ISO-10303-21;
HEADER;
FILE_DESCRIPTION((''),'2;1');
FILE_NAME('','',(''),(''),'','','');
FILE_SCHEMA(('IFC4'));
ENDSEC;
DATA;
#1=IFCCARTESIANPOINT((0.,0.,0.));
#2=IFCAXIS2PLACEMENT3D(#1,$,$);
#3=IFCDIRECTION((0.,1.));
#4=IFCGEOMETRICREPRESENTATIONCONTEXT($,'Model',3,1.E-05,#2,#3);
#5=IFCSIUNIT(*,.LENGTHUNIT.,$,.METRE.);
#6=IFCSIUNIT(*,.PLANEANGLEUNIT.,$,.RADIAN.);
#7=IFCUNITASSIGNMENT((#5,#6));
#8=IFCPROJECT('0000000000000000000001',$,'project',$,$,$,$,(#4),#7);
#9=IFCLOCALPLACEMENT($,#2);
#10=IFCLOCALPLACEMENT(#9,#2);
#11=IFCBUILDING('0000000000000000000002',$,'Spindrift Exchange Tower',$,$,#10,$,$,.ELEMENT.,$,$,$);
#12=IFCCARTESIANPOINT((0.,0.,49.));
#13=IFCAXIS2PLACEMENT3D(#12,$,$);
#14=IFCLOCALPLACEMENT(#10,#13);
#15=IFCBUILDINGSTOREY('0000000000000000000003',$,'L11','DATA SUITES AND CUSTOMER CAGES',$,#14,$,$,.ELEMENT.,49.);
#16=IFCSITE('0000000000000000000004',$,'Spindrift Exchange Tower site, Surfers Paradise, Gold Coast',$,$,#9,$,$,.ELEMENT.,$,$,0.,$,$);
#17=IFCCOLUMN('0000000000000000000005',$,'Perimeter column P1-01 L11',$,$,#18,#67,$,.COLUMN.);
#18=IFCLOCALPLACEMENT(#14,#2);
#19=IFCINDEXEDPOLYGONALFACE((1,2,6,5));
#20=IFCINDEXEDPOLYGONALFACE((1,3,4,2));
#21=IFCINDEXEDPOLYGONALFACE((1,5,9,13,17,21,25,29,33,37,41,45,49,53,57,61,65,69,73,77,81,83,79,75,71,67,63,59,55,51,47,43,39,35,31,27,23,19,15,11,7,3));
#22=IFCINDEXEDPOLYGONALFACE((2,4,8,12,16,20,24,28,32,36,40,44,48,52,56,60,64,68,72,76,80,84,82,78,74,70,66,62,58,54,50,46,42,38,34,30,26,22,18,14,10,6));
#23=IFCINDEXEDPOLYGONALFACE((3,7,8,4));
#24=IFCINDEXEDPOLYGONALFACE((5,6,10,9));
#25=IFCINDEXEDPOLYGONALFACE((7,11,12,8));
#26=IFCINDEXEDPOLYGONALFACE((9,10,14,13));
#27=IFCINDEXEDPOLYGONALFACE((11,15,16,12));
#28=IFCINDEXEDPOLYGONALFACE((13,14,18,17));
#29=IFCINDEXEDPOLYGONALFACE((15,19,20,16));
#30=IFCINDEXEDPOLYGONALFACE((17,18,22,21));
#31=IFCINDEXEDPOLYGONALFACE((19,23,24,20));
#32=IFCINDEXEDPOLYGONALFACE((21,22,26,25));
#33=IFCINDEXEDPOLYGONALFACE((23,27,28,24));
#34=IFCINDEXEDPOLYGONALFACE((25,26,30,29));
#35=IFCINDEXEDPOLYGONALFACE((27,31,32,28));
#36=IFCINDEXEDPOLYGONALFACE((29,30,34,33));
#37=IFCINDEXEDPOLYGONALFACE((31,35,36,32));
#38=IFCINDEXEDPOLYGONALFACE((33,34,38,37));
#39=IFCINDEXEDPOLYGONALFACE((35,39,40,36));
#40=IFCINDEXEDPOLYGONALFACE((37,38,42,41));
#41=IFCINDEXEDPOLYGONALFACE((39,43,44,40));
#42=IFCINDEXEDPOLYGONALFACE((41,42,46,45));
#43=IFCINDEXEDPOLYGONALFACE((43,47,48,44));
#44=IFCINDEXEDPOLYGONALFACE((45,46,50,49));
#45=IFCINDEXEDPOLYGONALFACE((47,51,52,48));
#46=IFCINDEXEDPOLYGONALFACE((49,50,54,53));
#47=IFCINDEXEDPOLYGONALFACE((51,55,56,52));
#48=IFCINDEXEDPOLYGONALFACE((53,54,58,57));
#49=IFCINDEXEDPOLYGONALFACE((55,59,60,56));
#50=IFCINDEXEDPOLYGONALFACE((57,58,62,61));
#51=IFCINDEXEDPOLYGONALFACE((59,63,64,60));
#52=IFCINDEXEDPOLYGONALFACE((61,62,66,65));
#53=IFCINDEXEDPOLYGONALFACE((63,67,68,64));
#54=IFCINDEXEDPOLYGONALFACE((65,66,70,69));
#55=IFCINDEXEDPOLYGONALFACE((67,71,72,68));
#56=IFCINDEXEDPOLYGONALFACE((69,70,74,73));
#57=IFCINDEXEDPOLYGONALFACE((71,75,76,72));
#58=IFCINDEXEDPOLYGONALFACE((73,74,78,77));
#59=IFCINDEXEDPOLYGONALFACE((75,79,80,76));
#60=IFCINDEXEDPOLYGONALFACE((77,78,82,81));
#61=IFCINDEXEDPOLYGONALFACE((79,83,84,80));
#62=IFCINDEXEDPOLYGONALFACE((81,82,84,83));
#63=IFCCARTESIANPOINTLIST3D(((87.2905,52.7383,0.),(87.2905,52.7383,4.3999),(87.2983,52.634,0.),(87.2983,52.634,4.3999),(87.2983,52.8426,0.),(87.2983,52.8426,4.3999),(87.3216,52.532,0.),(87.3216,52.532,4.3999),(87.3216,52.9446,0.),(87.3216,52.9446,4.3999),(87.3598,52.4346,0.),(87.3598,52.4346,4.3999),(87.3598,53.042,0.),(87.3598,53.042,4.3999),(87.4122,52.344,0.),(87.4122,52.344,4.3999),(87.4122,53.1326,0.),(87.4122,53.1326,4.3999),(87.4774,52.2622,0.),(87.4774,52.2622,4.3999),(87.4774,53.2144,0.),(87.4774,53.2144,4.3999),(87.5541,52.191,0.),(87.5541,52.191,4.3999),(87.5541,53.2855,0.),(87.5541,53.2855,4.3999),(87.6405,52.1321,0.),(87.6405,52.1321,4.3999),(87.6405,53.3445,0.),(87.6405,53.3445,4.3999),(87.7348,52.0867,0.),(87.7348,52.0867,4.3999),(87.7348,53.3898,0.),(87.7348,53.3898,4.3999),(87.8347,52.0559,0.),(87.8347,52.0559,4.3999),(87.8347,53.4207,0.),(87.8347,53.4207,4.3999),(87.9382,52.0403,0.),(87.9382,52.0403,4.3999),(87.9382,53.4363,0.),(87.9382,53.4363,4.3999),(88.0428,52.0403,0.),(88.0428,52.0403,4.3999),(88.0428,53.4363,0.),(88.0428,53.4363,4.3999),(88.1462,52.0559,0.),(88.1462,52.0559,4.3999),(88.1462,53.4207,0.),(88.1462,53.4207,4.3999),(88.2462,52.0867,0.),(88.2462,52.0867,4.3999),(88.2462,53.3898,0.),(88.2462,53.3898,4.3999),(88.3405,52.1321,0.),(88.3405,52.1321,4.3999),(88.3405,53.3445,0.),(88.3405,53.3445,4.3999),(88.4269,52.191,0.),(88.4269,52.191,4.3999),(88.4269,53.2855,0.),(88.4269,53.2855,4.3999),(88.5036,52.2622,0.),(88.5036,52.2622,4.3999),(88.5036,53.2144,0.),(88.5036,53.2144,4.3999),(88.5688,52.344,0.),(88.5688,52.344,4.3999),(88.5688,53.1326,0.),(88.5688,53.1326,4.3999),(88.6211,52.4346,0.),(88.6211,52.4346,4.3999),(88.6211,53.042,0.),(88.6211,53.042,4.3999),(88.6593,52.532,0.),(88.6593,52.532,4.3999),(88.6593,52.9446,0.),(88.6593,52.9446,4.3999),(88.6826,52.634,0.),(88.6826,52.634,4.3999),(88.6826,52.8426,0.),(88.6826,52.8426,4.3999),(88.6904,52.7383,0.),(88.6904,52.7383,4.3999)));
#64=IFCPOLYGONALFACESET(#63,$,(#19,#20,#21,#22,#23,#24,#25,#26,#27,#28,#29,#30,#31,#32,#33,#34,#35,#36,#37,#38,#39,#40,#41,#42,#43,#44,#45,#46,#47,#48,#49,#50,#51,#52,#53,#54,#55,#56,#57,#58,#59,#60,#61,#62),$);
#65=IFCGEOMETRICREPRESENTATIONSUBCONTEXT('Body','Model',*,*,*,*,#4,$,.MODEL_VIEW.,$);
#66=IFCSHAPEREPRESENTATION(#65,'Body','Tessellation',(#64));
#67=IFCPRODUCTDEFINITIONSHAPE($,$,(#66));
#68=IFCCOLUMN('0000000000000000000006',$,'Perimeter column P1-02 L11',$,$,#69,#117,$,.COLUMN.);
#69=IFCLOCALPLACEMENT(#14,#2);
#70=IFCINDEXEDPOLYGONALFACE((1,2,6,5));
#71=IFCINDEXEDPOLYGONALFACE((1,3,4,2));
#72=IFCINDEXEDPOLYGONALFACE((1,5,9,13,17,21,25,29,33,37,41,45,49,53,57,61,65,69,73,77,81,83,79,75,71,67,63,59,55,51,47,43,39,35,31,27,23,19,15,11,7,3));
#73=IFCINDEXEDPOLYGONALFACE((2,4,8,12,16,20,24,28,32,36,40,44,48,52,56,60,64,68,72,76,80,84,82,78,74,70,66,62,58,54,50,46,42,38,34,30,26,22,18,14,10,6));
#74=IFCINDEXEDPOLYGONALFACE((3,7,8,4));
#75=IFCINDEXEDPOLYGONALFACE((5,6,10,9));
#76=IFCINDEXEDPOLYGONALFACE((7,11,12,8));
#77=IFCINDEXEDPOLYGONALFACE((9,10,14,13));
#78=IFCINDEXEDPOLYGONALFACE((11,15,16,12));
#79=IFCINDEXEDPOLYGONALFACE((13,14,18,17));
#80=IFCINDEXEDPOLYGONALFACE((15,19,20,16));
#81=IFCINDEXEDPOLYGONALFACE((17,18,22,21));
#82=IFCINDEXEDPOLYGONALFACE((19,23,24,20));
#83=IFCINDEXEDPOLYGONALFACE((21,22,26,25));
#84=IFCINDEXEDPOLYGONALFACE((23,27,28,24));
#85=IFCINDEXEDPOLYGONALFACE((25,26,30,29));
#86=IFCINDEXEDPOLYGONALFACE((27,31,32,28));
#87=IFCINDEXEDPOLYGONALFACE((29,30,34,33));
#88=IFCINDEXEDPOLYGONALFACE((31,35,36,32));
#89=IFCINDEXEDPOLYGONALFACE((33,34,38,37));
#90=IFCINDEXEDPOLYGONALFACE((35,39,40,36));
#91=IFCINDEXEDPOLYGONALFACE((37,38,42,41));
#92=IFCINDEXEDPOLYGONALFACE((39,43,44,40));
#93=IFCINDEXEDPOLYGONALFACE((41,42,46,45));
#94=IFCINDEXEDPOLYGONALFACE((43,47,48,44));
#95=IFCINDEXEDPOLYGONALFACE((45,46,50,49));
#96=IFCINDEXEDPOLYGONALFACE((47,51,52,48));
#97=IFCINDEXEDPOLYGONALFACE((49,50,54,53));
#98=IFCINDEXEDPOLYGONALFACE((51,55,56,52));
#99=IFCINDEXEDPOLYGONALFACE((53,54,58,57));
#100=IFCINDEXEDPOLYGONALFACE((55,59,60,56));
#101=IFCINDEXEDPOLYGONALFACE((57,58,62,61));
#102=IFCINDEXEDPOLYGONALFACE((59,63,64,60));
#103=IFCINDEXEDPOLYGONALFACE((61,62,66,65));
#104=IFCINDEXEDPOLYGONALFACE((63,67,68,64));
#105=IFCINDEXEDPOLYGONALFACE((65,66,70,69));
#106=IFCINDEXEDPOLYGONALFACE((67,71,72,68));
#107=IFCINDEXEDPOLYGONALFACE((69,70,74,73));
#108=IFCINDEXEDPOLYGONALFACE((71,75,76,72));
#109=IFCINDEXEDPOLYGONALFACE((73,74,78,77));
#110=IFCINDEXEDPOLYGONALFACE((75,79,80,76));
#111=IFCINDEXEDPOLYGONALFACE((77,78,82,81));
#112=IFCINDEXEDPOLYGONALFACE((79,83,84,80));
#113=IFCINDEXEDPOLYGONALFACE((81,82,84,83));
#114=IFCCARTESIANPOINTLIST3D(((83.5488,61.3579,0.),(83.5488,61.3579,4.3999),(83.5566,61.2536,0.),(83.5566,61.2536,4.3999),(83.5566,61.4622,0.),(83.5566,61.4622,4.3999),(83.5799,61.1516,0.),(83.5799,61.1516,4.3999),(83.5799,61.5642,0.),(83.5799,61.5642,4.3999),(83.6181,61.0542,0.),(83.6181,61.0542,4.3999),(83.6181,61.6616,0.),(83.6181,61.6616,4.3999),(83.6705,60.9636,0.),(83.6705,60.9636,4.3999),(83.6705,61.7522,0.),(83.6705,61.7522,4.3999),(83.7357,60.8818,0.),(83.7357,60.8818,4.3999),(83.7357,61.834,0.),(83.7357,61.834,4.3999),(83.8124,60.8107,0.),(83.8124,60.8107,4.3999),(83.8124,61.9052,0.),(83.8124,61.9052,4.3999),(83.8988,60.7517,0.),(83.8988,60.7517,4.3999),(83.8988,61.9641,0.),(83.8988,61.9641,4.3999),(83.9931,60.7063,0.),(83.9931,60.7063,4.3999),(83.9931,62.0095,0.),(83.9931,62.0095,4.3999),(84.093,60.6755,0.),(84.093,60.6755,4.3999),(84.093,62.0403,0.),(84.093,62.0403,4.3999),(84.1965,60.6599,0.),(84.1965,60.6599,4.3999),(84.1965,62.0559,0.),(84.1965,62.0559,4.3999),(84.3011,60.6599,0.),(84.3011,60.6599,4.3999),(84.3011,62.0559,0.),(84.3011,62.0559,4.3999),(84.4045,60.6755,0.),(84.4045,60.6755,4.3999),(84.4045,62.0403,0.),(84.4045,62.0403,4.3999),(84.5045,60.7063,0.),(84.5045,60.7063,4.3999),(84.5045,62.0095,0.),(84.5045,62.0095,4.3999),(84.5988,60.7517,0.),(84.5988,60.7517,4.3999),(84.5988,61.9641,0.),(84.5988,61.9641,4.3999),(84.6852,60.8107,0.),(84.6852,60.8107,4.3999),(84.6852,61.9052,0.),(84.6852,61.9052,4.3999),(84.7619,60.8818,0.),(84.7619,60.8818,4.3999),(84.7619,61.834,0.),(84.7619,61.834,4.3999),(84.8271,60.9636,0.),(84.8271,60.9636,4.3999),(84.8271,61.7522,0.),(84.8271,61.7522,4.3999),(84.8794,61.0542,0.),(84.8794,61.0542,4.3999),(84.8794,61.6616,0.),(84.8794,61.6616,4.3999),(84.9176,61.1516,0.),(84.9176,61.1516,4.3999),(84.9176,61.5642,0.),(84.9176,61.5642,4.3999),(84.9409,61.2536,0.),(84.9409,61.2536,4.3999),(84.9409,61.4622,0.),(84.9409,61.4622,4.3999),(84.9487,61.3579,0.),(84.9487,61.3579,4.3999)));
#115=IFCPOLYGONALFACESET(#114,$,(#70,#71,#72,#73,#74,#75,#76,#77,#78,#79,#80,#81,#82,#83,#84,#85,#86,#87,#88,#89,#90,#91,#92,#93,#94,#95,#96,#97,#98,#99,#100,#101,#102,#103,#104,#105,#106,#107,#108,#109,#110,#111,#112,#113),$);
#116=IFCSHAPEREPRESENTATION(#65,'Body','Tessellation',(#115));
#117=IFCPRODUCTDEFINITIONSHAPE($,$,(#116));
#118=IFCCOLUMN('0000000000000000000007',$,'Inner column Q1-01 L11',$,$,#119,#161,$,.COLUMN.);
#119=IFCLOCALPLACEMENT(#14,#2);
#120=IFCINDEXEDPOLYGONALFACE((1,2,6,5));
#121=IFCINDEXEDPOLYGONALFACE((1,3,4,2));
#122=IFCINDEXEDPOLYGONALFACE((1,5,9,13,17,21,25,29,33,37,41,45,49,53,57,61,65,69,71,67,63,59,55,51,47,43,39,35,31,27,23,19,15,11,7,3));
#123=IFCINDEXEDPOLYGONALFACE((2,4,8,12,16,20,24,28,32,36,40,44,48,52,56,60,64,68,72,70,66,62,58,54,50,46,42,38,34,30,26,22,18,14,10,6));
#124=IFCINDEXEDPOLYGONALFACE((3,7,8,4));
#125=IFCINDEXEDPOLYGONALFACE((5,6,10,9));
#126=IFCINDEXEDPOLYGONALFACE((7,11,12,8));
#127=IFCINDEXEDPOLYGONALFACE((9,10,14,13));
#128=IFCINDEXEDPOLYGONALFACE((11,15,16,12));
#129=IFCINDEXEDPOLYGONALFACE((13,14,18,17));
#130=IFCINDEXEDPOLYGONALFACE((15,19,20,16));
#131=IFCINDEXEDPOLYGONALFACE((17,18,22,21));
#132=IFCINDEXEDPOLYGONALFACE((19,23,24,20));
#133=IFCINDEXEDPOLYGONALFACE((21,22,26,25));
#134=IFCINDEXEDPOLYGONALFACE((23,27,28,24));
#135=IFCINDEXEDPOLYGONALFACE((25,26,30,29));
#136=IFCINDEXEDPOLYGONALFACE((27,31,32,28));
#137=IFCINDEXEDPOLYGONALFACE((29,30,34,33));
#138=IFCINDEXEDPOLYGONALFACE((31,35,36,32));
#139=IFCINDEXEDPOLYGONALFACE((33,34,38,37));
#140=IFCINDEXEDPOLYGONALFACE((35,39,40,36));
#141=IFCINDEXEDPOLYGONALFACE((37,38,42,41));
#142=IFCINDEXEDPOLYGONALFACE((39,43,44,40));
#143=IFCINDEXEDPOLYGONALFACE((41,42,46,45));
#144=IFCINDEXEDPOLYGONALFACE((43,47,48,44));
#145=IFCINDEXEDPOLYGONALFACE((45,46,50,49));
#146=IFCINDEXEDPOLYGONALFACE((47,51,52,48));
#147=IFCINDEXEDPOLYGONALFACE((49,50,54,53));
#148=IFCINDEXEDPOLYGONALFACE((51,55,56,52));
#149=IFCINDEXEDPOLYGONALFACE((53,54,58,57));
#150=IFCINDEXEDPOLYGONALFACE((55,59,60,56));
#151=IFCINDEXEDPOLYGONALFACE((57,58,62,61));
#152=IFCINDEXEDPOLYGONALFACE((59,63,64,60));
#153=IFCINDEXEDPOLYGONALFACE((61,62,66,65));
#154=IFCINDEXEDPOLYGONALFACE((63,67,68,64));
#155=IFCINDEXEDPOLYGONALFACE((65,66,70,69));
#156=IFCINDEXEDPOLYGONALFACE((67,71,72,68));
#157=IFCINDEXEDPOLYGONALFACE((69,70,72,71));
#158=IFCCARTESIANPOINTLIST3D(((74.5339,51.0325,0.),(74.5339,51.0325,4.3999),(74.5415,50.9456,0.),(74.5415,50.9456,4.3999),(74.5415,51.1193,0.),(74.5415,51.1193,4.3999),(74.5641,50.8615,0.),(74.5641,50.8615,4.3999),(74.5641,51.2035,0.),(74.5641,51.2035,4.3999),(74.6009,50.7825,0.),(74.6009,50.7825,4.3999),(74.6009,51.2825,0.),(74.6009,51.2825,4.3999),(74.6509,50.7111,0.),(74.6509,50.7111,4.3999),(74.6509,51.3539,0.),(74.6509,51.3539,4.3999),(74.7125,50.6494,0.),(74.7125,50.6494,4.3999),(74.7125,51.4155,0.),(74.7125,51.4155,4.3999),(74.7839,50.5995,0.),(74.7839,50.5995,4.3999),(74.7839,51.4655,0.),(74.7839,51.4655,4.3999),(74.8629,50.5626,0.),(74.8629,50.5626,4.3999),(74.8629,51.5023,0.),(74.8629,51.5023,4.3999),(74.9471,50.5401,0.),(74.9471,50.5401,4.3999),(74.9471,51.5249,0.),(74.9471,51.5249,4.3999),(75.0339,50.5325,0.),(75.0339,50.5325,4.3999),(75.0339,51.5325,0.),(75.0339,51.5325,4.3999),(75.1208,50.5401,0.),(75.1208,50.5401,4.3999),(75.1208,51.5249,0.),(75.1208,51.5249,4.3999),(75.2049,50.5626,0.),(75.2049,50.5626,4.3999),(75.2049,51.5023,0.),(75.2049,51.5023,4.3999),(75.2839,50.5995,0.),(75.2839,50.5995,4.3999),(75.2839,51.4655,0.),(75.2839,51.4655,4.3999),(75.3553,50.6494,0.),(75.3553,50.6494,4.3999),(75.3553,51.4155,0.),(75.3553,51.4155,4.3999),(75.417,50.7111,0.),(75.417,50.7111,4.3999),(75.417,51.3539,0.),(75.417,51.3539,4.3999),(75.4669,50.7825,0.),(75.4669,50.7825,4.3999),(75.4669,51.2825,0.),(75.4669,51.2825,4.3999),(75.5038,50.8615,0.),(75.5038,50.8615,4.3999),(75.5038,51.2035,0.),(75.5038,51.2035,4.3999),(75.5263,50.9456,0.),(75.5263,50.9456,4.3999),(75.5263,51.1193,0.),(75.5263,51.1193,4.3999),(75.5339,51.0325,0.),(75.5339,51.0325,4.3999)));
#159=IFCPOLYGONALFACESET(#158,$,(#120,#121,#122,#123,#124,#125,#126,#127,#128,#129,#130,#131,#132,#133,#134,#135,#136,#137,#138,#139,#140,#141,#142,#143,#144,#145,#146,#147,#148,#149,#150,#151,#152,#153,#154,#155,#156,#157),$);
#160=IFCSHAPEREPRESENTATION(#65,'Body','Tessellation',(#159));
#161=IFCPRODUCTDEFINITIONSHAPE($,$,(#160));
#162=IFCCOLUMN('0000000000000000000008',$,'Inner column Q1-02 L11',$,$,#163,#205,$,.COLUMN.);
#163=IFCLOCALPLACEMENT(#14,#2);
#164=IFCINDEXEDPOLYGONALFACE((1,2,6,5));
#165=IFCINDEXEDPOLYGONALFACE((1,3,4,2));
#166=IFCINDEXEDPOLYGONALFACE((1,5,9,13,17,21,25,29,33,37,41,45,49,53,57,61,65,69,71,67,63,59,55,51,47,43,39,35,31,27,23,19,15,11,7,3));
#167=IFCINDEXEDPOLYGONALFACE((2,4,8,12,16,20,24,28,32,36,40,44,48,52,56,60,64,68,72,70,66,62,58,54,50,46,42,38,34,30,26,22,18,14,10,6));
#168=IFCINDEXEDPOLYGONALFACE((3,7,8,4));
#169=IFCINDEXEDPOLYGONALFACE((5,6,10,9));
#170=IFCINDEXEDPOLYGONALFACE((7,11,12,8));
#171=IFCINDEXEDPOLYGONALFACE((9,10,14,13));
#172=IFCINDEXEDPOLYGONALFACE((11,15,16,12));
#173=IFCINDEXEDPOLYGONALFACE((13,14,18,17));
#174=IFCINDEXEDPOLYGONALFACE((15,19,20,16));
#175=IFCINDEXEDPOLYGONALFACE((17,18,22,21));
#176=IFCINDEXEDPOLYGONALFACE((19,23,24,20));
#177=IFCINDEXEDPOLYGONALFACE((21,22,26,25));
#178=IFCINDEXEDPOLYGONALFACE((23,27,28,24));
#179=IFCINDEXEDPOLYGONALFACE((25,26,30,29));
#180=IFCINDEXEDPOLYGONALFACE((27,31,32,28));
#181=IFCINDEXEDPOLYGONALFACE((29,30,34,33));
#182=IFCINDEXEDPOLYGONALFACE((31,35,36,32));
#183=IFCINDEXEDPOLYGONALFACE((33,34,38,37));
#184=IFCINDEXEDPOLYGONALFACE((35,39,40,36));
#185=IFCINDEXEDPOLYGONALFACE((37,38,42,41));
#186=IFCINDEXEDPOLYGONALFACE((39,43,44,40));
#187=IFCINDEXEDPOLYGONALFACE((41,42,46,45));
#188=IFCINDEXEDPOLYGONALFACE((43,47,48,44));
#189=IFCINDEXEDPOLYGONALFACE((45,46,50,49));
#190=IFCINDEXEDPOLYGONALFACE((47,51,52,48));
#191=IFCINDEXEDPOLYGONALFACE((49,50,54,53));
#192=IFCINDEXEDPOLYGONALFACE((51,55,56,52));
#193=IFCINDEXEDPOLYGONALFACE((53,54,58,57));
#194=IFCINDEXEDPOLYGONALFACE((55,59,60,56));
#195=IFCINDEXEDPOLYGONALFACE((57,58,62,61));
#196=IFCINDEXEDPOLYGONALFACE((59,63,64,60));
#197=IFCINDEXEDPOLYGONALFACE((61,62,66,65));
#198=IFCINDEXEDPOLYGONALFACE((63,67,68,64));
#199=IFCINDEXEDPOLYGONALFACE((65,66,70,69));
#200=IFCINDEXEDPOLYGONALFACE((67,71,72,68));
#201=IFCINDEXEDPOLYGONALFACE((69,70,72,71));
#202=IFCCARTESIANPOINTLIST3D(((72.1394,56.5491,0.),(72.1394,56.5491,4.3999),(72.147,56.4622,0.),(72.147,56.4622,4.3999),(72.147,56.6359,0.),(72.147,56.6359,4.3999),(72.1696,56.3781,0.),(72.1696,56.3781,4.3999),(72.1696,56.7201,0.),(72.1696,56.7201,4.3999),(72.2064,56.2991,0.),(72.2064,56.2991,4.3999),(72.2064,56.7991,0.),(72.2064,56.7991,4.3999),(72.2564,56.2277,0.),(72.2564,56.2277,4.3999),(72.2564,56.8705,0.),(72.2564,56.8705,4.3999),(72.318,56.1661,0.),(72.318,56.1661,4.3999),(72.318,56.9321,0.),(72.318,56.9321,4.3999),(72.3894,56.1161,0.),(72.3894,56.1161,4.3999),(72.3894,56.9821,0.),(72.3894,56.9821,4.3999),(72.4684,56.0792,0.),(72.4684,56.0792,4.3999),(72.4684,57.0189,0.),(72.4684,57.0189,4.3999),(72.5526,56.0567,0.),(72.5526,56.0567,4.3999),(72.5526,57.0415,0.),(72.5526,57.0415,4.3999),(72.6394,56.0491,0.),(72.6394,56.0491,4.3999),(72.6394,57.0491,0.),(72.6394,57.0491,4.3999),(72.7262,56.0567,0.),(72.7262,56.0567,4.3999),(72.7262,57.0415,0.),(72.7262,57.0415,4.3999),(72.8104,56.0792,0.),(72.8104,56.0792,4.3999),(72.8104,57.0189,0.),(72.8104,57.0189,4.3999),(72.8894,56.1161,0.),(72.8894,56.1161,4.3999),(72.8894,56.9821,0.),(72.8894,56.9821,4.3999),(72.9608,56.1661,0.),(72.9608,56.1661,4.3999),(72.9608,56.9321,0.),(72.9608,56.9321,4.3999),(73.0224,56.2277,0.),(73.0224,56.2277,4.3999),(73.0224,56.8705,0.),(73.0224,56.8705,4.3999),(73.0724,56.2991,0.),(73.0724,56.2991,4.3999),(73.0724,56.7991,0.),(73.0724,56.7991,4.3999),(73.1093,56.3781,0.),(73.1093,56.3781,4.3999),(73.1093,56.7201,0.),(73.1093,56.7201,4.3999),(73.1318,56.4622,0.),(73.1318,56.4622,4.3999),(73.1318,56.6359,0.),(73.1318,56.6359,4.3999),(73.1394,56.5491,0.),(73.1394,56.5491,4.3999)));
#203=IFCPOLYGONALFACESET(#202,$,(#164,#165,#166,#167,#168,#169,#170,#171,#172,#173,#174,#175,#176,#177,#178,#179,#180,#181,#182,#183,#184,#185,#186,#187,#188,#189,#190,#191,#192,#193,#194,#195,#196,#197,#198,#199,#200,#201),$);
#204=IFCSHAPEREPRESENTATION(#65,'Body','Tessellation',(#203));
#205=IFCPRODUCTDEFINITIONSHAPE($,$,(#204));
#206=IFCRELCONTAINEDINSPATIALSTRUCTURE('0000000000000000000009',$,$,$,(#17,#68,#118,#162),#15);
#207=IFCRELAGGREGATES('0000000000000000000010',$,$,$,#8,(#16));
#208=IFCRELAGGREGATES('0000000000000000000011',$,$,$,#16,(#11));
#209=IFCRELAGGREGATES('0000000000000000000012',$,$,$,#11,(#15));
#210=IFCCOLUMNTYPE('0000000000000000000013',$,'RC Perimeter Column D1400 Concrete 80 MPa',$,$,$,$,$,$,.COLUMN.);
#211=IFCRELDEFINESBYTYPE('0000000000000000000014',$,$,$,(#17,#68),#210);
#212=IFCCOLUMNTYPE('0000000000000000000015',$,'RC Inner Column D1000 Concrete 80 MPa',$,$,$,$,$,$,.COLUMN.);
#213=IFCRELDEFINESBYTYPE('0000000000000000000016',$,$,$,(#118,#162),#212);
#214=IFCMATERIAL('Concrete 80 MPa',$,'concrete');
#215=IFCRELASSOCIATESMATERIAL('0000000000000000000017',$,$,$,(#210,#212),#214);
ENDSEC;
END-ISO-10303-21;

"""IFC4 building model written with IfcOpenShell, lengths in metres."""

from ifc_helpers import new_model, si_unit, direction, frame, origin, origin_2d, place, context, subcontext, project, spatial, circle, extrude, source, transform, mapped, material, material_profile, profile_set, type_object, element, save


model = new_model("IFC4")

# Units and contexts
model_context = context("Model", 3, precision=1e-05, world=origin(), true_north=direction((0.0, 1.0)))
body_context = subcontext(model_context, "Body", "Model", "MODEL_VIEW")
ifc_project = project(units=[si_unit("LENGTHUNIT", "METRE"), si_unit("PLANEANGLEUNIT", "RADIAN")], contexts=[model_context])

# Site, building, storey
site_placement = place(None, origin())
site = spatial("IfcSite", under=ifc_project, at=site_placement, Name="Spindrift Exchange Tower site, Surfers Paradise, Gold Coast", CompositionType="ELEMENT", RefElevation=0.0)
building_placement = place(site_placement, origin())
building = spatial("IfcBuilding", under=site, at=building_placement, Name="Spindrift Exchange Tower", CompositionType="ELEMENT")
storey_placement = place(building_placement, frame((0.0, 0.0, 49.0)))
storey = spatial("IfcBuildingStorey", under=building, at=storey_placement, Name="L11", Description="DATA SUITES AND CUSTOMER CAGES", CompositionType="ELEMENT", Elevation=49.0)

# Columns
ifc_material_1 = material(Name="Concrete 80 MPa", Category="concrete")
ifc_material_profile_1 = material_profile(ifc_material_1, circle(Radius=0.7, at=origin_2d()), Name="RC D1400")
ifc_profile_set_1 = profile_set([ifc_material_profile_1], Name="Concrete 80 MPa")
column_type_1 = type_object("IfcColumnType", Name="RC Perimeter Column D1400 Concrete 80 MPa", PredefinedType="COLUMN", material=ifc_profile_set_1)
shared_shape_1 = source(origin(), body_context, "Body", "SweptSolid", [
    extrude(circle(Radius=0.7, at=origin_2d()), origin(), (0.0, 0.0, 1.0), 4.3999),
])
for number, where, z_axis, x_axis, name in (
    (1, (87.9905, 52.7383, 0.0), (0.0, 0.0, 1.0), (1.0, 0.0, 0.0), "Perimeter column P1-01 L11"),
    (2, (84.2488, 61.3579, 0.0), (0.0, 0.0, 1.0), (1.0, 0.0, 0.0), "Perimeter column P1-02 L11"),
):
    element("IfcColumn", number, at=place(storey_placement, frame(where, z_axis=z_axis, x_axis=x_axis)), inside=storey, type_object=column_type_1, Name=name, PredefinedType="COLUMN", context=body_context, shape_type="MappedRepresentation", body=[
        mapped(shared_shape_1, transform((0.0, 0.0, 0.0), scale=1.0)),
    ])
ifc_material_profile_2 = material_profile(ifc_material_1, circle(Radius=0.5, at=origin_2d()), Name="RC D1000")
ifc_profile_set_2 = profile_set([ifc_material_profile_2], Name="Concrete 80 MPa")
column_type_2 = type_object("IfcColumnType", Name="RC Inner Column D1000 Concrete 80 MPa", PredefinedType="COLUMN", material=ifc_profile_set_2)
shared_shape_2 = source(origin(), body_context, "Body", "SweptSolid", [
    extrude(circle(Radius=0.5, at=origin_2d()), origin(), (0.0, 0.0, 1.0), 4.3999),
])
for number, where, z_axis, x_axis, name in (
    (3, (75.0339, 51.0325, 0.0), (0.0, 0.0, 1.0), (1.0, 0.0, 0.0), "Inner column Q1-01 L11"),
    (4, (72.6394, 56.5491, 0.0), (0.0, 0.0, 1.0), (1.0, 0.0, 0.0), "Inner column Q1-02 L11"),
):
    element("IfcColumn", number, at=place(storey_placement, frame(where, z_axis=z_axis, x_axis=x_axis)), inside=storey, type_object=column_type_2, Name=name, PredefinedType="COLUMN", context=body_context, shape_type="MappedRepresentation", body=[
        mapped(shared_shape_2, transform((0.0, 0.0, 0.0), scale=1.0)),
    ])

save(model, "model.ifc")
